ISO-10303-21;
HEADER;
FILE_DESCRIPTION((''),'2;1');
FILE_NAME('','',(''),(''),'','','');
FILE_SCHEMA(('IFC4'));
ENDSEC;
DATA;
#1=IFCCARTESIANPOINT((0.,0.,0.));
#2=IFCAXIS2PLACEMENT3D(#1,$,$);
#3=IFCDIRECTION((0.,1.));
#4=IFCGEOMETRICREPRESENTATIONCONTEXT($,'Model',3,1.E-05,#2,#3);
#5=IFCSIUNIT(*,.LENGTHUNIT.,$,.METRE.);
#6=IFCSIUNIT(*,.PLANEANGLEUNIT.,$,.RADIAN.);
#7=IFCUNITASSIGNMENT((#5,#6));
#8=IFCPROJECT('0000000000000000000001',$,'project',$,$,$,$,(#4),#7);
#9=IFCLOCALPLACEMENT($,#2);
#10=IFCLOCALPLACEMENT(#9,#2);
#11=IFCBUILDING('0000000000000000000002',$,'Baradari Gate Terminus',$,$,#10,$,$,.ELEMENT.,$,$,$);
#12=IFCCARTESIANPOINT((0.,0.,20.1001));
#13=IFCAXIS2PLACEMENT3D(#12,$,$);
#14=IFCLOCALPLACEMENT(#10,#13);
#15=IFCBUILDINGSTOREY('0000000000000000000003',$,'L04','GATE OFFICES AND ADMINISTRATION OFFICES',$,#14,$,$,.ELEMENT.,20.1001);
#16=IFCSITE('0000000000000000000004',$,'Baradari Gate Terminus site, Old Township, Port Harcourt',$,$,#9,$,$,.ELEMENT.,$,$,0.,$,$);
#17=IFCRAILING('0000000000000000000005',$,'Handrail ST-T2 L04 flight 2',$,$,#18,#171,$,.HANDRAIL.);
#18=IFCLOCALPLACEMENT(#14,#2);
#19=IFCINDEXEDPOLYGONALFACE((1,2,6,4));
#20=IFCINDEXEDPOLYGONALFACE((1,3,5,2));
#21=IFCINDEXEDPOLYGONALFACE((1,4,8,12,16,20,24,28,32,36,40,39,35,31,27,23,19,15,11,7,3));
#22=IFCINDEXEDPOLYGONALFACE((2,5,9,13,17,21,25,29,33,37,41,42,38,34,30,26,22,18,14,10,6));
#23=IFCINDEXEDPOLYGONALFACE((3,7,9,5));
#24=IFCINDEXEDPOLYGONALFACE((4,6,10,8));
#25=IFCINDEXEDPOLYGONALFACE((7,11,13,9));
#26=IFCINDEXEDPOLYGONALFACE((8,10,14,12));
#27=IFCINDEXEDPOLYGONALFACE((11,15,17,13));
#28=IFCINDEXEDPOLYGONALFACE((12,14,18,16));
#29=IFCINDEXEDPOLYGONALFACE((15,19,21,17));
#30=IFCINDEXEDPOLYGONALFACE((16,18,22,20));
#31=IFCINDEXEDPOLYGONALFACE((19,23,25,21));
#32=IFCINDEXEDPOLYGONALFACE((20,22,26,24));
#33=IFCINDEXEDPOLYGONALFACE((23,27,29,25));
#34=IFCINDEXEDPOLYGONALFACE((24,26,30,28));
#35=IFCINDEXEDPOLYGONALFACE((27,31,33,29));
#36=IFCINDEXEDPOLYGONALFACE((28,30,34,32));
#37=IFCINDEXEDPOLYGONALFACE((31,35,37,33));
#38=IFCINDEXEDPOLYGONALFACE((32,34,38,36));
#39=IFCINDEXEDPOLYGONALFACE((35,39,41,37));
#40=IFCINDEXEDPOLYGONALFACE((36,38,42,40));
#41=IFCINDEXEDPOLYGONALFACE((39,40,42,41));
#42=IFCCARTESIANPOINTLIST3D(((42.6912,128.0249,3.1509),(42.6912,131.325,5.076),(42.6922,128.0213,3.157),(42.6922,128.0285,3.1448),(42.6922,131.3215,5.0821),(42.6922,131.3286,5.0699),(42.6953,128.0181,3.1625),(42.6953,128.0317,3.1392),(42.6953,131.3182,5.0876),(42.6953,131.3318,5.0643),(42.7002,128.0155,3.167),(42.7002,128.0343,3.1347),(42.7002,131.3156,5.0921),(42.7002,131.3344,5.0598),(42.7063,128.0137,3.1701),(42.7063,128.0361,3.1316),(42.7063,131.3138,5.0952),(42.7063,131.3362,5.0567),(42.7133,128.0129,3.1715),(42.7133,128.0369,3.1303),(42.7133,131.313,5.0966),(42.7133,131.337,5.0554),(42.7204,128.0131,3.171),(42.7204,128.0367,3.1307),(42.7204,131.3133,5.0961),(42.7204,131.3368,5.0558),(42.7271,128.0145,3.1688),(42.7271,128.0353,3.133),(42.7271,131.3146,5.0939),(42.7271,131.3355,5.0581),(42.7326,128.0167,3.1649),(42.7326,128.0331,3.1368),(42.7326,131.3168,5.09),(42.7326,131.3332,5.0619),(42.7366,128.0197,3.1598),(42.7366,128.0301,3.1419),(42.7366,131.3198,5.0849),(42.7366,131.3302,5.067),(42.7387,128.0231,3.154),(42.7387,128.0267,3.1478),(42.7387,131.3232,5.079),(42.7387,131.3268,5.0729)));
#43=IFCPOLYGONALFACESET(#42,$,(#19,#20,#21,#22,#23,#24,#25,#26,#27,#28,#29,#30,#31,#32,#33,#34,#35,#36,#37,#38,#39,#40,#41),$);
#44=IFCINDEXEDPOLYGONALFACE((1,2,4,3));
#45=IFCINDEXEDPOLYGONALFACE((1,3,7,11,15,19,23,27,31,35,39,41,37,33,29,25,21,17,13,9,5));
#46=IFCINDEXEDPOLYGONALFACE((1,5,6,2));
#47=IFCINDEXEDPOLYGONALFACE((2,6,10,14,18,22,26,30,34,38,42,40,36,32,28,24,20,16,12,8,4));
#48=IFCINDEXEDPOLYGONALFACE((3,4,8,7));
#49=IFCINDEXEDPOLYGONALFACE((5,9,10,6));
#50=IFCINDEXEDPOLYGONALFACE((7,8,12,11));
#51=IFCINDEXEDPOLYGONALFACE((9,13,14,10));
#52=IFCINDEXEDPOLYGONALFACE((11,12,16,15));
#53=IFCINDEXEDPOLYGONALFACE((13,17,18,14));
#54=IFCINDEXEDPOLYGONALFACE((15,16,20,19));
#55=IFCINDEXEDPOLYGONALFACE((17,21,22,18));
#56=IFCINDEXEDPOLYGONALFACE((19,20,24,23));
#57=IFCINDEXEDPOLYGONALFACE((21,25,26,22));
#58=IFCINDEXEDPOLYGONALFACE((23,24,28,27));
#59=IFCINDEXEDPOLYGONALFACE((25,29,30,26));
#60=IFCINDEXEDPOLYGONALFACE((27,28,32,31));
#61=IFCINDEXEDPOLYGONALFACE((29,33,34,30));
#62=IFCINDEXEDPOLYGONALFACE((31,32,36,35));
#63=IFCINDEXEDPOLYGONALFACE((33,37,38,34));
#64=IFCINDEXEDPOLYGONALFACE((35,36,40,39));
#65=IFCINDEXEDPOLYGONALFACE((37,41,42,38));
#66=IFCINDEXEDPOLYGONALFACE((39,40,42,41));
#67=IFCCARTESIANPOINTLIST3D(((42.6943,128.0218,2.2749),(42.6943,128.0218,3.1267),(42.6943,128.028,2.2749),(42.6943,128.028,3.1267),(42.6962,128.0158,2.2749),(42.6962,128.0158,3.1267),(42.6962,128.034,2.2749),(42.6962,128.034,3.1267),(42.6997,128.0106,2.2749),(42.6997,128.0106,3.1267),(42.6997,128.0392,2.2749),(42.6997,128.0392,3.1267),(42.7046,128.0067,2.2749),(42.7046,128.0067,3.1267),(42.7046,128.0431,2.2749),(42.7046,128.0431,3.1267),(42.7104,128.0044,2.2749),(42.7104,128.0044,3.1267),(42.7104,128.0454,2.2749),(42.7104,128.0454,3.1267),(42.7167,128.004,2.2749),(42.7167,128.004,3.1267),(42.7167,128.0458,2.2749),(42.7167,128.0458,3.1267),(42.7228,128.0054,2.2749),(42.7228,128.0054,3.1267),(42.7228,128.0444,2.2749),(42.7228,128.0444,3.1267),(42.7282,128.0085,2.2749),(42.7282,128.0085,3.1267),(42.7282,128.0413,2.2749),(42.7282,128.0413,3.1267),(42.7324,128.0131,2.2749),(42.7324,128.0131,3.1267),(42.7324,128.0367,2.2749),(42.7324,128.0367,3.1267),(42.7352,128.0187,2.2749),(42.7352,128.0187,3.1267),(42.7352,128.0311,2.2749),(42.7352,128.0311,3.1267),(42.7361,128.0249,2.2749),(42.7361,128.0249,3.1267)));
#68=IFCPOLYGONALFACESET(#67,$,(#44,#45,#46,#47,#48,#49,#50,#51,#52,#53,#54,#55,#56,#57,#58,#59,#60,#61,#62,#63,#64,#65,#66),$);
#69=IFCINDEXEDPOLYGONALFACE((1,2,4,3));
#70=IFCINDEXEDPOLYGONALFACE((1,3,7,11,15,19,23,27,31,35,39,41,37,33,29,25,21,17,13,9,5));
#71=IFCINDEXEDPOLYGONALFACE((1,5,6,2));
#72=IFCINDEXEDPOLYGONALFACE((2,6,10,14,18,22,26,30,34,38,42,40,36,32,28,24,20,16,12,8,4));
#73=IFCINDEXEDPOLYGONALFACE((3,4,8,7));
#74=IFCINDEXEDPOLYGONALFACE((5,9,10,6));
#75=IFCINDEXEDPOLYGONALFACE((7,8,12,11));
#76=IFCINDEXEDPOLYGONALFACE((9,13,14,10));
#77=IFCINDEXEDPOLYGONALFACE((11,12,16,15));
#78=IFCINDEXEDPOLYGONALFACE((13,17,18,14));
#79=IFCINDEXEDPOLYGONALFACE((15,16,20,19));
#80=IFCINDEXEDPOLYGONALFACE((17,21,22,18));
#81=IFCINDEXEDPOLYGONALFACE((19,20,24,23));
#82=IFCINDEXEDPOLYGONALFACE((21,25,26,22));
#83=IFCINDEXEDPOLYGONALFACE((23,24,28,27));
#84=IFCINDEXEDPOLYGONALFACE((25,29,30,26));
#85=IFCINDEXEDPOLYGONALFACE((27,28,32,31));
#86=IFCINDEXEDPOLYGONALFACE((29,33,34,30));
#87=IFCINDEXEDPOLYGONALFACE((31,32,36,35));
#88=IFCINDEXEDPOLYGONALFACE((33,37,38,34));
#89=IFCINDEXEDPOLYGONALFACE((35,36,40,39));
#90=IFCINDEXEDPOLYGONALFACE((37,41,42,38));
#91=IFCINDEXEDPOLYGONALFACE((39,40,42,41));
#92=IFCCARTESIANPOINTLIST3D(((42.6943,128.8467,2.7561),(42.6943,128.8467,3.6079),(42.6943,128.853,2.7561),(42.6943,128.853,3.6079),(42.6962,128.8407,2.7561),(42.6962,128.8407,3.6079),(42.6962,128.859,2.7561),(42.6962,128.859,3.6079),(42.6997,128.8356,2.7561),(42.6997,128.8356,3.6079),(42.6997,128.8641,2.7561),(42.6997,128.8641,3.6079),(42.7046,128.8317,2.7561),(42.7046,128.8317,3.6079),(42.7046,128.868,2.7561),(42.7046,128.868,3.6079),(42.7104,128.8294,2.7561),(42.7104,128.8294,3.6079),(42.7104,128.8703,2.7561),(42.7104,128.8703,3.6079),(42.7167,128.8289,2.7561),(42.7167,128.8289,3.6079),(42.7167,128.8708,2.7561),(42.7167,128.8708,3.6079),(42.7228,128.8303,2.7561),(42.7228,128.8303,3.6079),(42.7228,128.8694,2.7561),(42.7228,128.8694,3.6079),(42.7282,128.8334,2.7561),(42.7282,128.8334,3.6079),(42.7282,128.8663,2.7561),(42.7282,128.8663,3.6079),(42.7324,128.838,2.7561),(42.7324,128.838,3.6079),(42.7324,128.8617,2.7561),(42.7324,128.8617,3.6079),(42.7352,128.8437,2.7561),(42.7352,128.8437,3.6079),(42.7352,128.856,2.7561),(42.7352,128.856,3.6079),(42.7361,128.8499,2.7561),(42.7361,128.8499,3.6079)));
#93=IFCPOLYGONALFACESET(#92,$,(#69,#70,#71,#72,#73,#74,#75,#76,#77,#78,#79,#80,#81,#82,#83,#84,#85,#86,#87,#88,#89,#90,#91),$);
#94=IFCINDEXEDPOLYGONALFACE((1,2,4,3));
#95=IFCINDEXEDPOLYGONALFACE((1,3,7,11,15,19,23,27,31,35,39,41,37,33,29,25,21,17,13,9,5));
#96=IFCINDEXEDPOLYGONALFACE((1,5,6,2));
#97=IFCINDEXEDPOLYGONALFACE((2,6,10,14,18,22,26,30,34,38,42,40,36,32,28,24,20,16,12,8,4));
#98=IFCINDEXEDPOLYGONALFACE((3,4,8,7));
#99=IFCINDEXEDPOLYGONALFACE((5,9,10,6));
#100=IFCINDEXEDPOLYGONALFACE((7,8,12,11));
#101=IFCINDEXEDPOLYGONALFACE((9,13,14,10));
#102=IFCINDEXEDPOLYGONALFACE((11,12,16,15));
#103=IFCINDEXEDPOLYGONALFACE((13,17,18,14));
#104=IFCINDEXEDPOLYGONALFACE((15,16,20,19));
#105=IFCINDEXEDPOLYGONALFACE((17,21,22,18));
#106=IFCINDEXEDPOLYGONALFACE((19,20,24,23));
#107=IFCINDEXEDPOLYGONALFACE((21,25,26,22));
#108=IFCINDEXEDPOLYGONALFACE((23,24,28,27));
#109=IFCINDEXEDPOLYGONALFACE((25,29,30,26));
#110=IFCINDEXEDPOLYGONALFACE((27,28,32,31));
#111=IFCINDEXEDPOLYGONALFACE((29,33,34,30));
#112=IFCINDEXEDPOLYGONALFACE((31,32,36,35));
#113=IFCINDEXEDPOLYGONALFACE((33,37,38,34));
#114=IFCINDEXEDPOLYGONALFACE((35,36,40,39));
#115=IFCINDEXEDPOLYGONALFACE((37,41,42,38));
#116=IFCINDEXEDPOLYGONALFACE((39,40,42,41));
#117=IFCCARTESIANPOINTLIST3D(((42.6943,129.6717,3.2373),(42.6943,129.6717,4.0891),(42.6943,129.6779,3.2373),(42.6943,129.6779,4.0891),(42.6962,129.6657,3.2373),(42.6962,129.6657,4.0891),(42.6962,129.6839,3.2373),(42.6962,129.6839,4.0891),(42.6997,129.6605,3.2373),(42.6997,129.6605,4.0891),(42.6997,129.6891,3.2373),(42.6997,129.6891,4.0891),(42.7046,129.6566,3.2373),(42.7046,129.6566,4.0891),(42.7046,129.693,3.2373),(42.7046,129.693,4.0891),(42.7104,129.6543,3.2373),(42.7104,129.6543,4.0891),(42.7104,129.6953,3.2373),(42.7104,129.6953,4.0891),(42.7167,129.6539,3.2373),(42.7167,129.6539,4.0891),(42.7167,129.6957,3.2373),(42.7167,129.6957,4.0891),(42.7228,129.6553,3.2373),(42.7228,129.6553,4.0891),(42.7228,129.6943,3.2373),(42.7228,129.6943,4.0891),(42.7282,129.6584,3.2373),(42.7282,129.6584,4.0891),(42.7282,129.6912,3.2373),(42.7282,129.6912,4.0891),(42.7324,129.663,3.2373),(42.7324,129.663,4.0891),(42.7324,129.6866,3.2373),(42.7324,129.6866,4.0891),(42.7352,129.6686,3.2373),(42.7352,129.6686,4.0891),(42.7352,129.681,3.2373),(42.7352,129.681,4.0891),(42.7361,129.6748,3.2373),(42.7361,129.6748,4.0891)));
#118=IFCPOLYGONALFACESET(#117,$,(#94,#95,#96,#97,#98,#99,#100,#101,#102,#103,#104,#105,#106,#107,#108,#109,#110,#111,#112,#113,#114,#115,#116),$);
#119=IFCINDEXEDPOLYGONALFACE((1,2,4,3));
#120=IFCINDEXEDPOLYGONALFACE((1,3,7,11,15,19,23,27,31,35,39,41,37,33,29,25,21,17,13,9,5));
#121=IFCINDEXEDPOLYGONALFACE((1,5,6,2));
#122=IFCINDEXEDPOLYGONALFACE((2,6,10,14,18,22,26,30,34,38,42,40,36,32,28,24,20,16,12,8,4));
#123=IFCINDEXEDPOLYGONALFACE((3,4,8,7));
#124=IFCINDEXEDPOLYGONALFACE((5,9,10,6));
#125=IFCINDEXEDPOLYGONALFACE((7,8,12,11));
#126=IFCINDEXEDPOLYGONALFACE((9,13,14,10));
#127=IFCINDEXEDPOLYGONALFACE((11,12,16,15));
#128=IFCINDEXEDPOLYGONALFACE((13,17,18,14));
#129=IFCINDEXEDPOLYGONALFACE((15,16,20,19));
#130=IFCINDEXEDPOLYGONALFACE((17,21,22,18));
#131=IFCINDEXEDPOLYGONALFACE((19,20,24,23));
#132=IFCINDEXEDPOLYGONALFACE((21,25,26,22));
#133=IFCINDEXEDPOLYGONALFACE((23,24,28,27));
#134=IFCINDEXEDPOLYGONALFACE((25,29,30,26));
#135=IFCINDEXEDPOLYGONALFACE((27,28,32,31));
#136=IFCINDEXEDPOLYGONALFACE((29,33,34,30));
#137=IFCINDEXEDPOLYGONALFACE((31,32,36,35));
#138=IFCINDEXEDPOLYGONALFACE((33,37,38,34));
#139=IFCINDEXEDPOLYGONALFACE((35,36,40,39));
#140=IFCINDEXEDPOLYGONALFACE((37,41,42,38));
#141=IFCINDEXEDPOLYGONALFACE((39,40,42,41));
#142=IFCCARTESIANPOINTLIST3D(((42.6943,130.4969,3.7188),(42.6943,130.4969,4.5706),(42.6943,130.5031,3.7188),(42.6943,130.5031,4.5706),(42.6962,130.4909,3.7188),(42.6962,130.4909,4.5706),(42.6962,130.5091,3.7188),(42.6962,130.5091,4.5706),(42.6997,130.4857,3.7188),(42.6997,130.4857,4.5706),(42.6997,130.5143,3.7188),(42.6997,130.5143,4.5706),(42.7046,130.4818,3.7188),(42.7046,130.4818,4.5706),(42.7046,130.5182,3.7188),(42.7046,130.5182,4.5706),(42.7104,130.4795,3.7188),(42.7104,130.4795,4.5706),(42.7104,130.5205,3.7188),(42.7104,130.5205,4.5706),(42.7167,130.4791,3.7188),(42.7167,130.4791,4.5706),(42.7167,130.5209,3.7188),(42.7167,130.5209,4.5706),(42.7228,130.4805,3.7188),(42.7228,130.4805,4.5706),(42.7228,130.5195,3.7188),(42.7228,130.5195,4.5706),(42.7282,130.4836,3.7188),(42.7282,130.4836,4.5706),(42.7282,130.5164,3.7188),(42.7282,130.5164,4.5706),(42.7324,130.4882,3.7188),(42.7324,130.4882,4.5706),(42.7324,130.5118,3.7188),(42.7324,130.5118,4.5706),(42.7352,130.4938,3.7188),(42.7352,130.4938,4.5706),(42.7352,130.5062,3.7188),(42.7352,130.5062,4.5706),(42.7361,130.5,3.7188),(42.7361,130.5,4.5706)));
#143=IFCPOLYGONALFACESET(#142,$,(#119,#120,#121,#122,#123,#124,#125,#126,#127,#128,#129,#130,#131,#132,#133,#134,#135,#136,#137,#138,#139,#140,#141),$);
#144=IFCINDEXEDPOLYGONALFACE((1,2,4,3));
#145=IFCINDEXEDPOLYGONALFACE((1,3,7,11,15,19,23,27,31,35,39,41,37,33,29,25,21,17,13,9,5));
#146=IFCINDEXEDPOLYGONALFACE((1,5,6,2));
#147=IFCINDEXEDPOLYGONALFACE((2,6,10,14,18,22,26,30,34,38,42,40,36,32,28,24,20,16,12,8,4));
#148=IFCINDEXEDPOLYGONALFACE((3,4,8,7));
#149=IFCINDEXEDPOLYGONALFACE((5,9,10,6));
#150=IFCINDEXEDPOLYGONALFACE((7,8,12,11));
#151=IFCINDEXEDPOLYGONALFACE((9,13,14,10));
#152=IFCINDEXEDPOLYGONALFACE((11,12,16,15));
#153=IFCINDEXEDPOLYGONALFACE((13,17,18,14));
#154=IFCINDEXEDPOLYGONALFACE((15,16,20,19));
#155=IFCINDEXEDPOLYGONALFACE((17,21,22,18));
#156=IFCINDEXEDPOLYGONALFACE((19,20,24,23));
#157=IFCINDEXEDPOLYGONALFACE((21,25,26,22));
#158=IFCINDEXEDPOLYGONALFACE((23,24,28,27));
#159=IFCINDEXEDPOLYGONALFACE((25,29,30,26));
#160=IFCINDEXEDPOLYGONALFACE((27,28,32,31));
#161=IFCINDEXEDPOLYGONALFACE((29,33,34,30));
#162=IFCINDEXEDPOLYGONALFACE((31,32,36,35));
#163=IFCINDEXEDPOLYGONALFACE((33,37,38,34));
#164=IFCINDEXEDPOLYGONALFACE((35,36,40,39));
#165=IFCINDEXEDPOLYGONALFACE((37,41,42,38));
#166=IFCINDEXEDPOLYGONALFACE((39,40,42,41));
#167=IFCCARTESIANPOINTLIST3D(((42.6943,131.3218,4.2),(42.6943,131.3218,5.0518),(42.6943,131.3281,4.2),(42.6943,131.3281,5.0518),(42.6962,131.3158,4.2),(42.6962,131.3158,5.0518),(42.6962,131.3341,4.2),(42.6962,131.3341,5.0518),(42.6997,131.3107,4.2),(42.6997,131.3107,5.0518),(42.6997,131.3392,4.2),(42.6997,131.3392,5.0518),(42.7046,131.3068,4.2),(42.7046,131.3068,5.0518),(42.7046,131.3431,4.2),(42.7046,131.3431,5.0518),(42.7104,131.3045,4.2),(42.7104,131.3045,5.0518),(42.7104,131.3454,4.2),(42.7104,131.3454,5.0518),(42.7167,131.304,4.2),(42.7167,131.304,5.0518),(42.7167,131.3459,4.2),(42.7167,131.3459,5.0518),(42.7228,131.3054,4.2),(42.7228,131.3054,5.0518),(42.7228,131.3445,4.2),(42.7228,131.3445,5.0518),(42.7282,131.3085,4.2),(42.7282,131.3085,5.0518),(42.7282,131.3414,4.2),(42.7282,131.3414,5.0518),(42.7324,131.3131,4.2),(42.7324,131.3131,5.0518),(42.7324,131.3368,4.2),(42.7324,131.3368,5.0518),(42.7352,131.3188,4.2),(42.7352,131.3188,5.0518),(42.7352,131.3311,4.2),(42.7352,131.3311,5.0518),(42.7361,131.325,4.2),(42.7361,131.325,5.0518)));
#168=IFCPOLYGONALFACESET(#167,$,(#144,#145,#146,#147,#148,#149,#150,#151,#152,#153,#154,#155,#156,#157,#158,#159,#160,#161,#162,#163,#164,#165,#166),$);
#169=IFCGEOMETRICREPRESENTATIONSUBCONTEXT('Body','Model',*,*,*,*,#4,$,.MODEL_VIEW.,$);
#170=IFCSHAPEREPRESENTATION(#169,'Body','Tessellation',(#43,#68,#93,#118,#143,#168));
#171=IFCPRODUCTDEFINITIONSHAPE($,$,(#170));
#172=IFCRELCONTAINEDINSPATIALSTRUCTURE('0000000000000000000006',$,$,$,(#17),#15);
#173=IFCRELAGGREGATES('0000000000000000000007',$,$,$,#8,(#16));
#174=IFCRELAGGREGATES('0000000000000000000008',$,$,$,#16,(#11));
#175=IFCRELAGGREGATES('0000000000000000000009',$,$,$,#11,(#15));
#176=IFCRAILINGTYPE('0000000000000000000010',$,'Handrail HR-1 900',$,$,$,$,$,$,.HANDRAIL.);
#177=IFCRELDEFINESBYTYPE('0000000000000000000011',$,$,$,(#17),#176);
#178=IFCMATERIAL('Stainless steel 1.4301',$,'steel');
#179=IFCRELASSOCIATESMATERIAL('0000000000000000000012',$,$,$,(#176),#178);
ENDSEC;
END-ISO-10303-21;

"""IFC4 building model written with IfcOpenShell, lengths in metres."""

from ifc_helpers import new_model, si_unit, direction, frame, origin, origin_2d, place, context, subcontext, project, spatial, circle, extrude, material, type_object, element, save


model = new_model("IFC4")

# Units and contexts
model_context = context("Model", 3, precision=1e-05, world=origin(), true_north=direction((0.0, 1.0)))
body_context = subcontext(model_context, "Body", "Model", "MODEL_VIEW")
ifc_project = project(units=[si_unit("LENGTHUNIT", "METRE"), si_unit("PLANEANGLEUNIT", "RADIAN")], contexts=[model_context])

# Site, building, storey
site_placement = place(None, origin())
site = spatial("IfcSite", under=ifc_project, at=site_placement, Name="Baradari Gate Terminus site, Old Township, Port Harcourt", CompositionType="ELEMENT", RefElevation=0.0)
building_placement = place(site_placement, origin())
building = spatial("IfcBuilding", under=site, at=building_placement, Name="Baradari Gate Terminus", CompositionType="ELEMENT")
storey_placement = place(building_placement, frame((0.0, 0.0, 20.1001)))
storey = spatial("IfcBuildingStorey", under=building, at=storey_placement, Name="L04", Description="GATE OFFICES AND ADMINISTRATION OFFICES", CompositionType="ELEMENT", Elevation=20.1001)

# Railing
ifc_material_1 = material(Name="Stainless steel 1.4301", Category="steel")
railing_type = type_object("IfcRailingType", Name="Handrail HR-1 900", PredefinedType="HANDRAIL", material=ifc_material_1)
for number, where, name in (
    (1, (42.7151, 128.0249, 2.2749), "Handrail ST-T2 L04 flight 2"),
):
    element("IfcRailing", number, at=place(storey_placement, frame(where)), inside=storey, type_object=railing_type, Name=name, PredefinedType="HANDRAIL", context=body_context, shape_type="SweptSolid", body=[
        extrude(circle(Radius=0.0239, at=origin_2d()), frame((0.0, 0.0, 0.876), z_axis=(0.0, 0.863777, 0.503875), x_axis=(-1.0, 0.0, 0.0)), (0.0, 0.0, 1.0), 3.8206),
        extrude(circle(Radius=0.021, at=origin_2d()), origin(), (0.0, 0.0, 1.0), 0.8518),
        extrude(circle(Radius=0.021, at=origin_2d()), frame((0.0, 0.825, 0.4812)), (0.0, 0.0, 1.0), 0.8518),
        extrude(circle(Radius=0.021, at=origin_2d()), frame((0.0, 1.6499, 0.9624)), (0.0, 0.0, 1.0), 0.8518),
        extrude(circle(Radius=0.021, at=origin_2d()), frame((0.0, 2.4751, 1.4438)), (0.0, 0.0, 1.0), 0.8518),
        extrude(circle(Radius=0.021, at=origin_2d()), frame((0.0, 3.3, 1.925)), (0.0, 0.0, 1.0), 0.8518),
    ])

save(model, "model.ifc")
